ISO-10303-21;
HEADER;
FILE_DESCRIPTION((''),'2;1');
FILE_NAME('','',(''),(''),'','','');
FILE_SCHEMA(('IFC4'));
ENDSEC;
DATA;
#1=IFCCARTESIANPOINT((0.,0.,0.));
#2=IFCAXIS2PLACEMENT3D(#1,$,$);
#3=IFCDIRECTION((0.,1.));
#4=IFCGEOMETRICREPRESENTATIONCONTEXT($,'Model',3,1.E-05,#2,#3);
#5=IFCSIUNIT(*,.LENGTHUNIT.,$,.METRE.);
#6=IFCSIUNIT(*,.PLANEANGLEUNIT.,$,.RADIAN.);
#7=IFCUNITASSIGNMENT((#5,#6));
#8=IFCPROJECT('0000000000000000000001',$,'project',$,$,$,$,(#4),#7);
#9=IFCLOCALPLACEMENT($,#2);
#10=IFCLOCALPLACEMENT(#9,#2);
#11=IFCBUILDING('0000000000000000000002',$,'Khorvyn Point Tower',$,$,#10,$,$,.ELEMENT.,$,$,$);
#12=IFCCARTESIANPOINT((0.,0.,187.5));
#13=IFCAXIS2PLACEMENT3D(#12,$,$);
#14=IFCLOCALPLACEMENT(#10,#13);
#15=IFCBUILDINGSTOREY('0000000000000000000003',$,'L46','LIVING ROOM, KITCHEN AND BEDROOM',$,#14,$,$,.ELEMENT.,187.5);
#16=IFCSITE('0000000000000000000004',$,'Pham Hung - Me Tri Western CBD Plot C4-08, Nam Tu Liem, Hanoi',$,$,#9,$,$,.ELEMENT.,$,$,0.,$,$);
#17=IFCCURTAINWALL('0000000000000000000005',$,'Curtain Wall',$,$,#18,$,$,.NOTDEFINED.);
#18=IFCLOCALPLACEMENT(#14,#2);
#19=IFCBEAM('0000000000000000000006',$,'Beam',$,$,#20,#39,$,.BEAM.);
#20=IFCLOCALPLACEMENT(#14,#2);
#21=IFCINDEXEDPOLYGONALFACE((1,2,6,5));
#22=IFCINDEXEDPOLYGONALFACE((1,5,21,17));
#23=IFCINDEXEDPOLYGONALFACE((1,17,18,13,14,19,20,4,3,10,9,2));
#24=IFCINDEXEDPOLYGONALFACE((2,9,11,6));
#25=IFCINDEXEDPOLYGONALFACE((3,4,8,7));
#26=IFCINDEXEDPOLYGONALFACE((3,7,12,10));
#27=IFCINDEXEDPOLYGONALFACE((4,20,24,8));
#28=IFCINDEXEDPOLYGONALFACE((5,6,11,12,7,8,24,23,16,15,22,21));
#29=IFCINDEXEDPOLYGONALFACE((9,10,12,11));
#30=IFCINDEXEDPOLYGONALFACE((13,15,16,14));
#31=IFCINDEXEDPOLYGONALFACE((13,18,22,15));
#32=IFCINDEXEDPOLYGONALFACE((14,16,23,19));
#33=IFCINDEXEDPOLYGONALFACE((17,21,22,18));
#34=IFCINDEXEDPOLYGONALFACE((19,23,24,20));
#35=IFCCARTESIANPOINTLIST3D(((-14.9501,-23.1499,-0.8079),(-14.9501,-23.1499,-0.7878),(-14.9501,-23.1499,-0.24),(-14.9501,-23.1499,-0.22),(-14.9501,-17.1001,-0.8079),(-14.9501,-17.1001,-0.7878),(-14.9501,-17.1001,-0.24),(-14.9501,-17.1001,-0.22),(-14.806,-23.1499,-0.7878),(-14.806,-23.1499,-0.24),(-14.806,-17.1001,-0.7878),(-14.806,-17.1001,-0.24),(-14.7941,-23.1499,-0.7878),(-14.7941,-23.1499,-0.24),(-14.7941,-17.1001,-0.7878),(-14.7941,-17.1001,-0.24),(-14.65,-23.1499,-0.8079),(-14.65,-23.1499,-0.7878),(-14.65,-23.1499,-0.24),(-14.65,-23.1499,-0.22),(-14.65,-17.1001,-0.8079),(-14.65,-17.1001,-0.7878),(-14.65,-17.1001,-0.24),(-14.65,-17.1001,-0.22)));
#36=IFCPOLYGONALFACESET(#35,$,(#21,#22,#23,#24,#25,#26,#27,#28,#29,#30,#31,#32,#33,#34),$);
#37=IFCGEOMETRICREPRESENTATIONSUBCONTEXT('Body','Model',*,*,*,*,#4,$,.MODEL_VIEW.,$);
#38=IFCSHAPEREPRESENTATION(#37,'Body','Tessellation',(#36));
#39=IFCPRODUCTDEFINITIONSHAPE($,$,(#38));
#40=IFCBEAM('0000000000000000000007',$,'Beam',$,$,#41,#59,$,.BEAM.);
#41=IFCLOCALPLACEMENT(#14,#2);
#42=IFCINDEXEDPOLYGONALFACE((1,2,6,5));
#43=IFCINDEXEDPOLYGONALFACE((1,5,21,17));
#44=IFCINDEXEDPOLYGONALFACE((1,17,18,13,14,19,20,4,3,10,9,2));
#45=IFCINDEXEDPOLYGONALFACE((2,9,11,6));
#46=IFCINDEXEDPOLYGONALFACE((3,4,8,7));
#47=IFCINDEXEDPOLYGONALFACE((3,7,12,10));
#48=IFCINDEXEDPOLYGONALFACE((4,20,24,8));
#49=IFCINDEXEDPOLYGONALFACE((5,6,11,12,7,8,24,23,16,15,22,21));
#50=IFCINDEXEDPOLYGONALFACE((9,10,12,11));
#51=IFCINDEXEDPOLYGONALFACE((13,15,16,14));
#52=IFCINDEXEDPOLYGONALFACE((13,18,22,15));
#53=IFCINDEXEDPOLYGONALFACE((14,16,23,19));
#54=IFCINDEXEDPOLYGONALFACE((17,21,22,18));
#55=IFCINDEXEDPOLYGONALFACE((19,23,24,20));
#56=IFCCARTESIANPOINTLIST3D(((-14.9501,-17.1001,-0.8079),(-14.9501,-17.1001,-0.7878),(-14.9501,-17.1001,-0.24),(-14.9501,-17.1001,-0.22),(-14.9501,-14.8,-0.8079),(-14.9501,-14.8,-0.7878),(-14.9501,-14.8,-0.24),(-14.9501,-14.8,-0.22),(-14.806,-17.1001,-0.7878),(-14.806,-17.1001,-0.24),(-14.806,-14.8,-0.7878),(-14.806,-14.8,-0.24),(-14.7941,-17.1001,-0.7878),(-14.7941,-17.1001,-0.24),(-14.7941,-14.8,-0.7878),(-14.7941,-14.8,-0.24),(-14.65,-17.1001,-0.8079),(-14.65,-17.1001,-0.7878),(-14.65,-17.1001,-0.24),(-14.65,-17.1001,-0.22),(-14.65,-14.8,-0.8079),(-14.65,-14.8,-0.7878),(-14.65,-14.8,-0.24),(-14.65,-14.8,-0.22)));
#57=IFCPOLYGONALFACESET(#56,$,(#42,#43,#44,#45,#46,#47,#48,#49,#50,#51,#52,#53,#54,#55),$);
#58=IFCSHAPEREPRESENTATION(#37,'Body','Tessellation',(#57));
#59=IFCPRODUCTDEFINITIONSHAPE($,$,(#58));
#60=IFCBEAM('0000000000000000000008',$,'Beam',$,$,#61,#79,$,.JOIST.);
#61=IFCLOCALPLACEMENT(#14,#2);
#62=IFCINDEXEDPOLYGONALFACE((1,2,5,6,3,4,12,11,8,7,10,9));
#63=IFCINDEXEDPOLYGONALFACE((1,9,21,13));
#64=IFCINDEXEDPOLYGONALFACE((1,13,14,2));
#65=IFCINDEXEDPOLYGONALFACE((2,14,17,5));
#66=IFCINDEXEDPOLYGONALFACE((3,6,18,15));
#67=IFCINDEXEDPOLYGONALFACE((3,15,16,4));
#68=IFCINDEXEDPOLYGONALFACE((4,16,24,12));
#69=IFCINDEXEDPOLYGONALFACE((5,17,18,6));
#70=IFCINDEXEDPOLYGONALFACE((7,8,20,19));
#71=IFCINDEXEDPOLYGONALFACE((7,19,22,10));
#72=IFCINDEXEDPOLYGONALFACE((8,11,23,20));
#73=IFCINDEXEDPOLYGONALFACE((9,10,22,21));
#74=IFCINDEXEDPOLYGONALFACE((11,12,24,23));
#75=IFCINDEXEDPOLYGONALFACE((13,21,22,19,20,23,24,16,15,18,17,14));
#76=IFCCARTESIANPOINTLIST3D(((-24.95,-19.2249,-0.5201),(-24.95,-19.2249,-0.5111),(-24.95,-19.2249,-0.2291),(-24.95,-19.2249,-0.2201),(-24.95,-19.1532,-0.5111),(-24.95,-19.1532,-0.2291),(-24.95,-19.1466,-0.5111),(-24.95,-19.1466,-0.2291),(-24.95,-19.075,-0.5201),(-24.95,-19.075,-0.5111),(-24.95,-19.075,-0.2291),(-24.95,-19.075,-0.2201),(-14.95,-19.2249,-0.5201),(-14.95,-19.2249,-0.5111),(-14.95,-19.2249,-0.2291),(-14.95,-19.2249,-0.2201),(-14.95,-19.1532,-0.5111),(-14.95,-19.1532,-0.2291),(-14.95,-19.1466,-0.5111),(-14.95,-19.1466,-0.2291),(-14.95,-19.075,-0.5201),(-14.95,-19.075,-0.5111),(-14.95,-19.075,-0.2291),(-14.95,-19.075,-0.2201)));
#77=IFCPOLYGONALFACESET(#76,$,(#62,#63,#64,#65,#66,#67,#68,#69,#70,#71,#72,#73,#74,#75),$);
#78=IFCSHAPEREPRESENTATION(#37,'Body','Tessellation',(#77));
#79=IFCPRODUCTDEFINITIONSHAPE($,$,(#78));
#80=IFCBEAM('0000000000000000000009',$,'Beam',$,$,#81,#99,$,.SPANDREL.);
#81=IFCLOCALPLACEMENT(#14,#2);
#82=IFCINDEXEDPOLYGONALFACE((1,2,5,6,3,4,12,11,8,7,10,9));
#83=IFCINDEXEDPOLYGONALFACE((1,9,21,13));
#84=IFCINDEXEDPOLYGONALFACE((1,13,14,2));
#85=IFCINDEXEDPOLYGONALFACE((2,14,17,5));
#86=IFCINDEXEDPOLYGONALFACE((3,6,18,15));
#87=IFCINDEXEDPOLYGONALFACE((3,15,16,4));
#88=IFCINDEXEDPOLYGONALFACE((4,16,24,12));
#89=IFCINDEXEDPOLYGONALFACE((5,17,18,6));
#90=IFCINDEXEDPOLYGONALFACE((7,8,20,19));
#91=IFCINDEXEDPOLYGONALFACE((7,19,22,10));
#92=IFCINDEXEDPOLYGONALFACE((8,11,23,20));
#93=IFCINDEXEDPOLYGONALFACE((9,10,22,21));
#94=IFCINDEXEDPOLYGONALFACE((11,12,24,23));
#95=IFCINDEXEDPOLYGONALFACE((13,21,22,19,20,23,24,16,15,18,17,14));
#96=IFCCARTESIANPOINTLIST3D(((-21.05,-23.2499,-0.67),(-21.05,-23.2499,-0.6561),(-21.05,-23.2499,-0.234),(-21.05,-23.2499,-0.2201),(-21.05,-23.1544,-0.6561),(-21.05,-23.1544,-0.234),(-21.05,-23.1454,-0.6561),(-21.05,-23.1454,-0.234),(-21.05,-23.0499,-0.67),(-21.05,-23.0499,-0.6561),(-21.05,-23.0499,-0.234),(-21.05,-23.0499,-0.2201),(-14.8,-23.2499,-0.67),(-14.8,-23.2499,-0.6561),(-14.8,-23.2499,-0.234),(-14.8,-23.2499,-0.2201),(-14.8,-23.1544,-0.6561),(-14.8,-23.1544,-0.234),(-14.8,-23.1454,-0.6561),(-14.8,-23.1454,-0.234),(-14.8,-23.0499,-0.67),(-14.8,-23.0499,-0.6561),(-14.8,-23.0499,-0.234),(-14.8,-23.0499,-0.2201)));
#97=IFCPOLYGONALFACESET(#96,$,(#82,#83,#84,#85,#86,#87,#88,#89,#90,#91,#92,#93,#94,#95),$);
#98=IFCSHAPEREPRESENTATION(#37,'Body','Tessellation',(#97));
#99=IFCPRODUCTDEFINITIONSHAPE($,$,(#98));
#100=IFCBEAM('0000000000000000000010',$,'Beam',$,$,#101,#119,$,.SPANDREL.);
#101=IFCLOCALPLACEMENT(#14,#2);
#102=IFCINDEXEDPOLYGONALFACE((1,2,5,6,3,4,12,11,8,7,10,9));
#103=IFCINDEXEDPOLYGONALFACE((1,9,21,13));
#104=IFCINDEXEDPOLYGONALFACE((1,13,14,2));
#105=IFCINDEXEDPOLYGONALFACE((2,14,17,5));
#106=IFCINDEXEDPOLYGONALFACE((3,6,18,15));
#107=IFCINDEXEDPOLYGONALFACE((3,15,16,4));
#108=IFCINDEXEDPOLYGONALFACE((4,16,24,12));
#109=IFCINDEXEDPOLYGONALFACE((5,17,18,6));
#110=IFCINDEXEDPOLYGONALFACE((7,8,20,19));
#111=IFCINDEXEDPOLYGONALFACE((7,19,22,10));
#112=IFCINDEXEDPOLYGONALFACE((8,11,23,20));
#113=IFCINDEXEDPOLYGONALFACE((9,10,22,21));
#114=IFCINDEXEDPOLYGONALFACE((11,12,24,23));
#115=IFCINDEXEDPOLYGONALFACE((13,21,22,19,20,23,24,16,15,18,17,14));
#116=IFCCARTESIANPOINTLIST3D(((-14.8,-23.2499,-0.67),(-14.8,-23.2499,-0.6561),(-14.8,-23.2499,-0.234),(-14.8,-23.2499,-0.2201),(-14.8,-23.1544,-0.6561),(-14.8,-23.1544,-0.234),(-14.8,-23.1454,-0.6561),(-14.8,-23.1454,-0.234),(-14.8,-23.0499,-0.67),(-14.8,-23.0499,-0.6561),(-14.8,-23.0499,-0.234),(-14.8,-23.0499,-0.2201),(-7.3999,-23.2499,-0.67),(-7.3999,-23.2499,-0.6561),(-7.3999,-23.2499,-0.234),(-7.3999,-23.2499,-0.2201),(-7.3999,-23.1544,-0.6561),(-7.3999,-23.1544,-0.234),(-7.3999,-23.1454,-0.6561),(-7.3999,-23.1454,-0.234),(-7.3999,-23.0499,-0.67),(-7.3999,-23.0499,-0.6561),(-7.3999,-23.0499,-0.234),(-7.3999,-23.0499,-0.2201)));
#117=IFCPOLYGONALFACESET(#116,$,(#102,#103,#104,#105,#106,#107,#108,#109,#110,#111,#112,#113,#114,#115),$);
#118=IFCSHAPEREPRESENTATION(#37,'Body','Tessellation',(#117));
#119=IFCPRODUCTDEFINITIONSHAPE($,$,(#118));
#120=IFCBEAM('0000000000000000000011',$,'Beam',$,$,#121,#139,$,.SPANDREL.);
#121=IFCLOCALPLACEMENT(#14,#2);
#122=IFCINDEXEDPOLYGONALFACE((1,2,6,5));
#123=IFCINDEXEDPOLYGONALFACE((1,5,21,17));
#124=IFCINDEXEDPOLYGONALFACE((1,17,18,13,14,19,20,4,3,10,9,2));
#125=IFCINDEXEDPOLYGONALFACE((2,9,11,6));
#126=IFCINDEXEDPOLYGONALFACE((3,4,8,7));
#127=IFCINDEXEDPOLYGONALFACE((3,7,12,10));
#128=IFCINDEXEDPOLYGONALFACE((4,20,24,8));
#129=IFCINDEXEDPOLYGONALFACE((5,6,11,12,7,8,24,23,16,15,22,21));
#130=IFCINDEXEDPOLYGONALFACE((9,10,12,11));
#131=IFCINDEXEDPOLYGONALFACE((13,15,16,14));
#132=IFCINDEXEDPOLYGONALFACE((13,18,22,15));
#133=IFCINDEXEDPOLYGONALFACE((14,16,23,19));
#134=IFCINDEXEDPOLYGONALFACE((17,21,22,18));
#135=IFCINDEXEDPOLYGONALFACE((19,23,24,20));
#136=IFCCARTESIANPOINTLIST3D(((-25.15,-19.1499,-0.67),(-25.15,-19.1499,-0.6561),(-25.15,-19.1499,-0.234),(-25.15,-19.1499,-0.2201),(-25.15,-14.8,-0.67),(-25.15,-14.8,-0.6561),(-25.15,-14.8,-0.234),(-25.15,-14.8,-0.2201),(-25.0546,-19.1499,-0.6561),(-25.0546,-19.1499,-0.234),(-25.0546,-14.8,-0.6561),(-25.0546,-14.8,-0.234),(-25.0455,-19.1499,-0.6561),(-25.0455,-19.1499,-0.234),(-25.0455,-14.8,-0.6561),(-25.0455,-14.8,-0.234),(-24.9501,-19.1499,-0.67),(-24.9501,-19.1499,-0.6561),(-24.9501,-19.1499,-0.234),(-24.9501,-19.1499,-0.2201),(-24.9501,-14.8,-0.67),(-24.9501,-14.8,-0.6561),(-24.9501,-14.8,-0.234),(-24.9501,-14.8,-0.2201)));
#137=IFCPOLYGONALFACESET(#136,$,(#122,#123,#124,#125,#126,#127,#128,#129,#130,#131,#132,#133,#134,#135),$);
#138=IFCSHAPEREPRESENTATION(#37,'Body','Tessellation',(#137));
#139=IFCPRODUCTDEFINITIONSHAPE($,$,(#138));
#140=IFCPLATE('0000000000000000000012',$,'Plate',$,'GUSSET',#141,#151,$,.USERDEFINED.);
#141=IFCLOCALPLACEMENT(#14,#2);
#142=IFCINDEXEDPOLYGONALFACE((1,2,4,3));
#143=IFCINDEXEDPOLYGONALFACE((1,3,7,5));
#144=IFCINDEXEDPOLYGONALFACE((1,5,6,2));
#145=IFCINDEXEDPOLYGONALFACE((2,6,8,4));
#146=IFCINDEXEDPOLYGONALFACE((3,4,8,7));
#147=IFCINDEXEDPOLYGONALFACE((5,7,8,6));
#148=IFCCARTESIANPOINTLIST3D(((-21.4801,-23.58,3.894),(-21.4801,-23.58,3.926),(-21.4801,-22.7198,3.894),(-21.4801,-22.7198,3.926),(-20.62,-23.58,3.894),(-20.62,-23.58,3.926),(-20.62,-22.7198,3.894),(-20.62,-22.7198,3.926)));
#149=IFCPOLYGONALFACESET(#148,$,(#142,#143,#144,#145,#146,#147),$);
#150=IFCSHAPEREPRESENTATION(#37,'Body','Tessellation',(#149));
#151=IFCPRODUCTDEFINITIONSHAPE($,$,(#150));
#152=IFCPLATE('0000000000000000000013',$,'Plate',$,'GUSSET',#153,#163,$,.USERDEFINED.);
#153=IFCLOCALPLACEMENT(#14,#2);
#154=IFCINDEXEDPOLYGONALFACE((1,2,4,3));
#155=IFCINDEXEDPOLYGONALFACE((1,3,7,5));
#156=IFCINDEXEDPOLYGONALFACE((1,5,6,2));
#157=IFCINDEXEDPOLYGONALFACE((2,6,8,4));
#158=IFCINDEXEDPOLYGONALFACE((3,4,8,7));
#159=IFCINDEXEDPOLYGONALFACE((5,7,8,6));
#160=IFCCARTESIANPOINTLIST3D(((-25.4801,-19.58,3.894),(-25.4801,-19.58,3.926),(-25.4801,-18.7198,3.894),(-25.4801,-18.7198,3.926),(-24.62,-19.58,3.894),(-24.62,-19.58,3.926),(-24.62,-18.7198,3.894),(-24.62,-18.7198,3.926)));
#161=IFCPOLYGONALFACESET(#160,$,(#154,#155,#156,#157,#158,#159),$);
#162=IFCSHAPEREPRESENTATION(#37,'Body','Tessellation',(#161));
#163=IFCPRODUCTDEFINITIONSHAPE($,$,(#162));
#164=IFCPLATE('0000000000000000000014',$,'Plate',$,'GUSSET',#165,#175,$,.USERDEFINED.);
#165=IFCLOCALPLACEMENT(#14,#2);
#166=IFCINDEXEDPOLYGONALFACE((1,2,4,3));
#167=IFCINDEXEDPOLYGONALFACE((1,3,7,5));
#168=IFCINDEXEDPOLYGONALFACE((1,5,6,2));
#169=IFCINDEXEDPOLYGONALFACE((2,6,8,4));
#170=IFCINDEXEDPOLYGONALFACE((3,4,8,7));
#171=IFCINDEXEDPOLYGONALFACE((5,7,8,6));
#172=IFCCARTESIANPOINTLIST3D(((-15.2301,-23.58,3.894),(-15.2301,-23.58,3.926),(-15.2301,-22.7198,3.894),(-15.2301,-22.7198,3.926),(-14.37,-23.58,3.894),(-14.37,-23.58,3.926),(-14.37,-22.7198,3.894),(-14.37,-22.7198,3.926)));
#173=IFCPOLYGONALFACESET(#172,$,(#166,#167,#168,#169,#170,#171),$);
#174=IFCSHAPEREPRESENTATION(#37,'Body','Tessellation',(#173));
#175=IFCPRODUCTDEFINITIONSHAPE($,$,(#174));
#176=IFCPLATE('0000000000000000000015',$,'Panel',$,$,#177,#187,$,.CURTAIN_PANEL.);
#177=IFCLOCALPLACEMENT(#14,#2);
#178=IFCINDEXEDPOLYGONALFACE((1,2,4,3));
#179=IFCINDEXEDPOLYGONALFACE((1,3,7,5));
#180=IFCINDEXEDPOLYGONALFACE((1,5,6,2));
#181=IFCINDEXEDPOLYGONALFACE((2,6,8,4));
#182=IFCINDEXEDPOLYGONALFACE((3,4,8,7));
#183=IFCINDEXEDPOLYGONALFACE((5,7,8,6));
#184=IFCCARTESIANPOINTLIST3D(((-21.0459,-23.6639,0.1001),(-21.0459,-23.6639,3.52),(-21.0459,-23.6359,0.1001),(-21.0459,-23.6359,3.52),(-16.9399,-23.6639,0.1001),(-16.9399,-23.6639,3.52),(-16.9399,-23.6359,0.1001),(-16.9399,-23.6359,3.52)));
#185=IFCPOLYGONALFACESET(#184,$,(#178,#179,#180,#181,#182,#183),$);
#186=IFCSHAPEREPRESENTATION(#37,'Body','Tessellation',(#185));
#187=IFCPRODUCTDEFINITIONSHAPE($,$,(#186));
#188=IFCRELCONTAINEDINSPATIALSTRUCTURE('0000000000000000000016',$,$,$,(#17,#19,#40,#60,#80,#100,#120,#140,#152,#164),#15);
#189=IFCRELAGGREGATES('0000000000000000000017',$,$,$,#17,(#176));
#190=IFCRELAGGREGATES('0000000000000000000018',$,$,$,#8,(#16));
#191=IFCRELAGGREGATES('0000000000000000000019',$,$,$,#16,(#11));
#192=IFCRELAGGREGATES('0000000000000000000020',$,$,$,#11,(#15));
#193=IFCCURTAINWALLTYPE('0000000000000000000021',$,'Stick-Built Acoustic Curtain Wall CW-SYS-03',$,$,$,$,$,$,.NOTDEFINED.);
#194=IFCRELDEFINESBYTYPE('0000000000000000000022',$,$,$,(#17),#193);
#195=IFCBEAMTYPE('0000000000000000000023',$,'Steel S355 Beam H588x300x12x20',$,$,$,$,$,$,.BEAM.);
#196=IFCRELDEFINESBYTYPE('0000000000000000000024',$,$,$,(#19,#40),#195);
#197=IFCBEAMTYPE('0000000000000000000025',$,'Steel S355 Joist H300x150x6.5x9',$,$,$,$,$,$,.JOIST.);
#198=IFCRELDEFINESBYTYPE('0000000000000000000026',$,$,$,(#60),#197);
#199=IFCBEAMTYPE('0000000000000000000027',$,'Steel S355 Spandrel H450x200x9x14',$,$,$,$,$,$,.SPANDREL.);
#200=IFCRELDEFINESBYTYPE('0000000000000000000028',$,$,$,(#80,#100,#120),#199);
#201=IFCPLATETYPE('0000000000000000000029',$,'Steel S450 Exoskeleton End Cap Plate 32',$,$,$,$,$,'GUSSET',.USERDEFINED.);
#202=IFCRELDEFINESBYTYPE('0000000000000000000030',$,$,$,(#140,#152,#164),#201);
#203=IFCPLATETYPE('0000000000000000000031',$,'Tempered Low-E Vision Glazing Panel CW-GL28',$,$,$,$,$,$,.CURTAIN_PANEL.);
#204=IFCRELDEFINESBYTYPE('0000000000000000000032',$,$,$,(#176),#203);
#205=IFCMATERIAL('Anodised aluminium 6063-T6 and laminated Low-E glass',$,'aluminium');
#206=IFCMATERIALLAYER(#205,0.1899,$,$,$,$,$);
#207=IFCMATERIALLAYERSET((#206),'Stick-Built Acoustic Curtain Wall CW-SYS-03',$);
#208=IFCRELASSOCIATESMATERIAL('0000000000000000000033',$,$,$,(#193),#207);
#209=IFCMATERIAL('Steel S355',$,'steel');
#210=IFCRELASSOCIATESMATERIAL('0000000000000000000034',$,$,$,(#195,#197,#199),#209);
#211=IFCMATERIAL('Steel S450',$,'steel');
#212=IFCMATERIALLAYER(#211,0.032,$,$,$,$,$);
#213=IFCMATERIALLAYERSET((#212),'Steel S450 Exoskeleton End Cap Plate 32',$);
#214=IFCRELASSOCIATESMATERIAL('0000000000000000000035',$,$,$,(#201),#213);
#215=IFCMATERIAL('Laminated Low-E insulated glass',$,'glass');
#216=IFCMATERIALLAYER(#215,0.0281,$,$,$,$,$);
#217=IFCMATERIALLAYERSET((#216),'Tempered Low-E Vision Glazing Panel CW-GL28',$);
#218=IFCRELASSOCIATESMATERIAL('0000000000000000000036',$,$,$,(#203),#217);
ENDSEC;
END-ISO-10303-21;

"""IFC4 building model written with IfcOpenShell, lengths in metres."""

from ifc_helpers import new_model, si_unit, direction, frame, origin, origin_2d, place, context, subcontext, project, spatial, rectangle, i_section, extrude, material, layer, layer_set, material_profile, profile_set, type_object, element, aggregate, save


model = new_model("IFC4")

# Units and contexts
model_context = context("Model", 3, precision=1e-05, world=origin(), true_north=direction((0.0, 1.0)))
body_context = subcontext(model_context, "Body", "Model", "MODEL_VIEW")
ifc_project = project(units=[si_unit("LENGTHUNIT", "METRE"), si_unit("PLANEANGLEUNIT", "RADIAN")], contexts=[model_context])

# Site, building, storey
site_placement = place(None, origin())
site = spatial("IfcSite", under=ifc_project, at=site_placement, Name="Pham Hung - Me Tri Western CBD Plot C4-08, Nam Tu Liem, Hanoi", CompositionType="ELEMENT", RefElevation=0.0)
building_placement = place(site_placement, origin())
building = spatial("IfcBuilding", under=site, at=building_placement, Name="Khorvyn Point Tower", CompositionType="ELEMENT")
storey_placement = place(building_placement, frame((0.0, 0.0, 187.5)))
storey = spatial("IfcBuildingStorey", under=building, at=storey_placement, Name="L46", Description="LIVING ROOM, KITCHEN AND BEDROOM", CompositionType="ELEMENT", Elevation=187.5)

# Shared definitions
ifc_material_1 = material(Name="Steel S450", Category="steel")

# Curtain wall
ifc_material_2 = material(Name="Anodised aluminium 6063-T6 and laminated Low-E glass", Category="aluminium")
ifc_layer_1 = layer(ifc_material_2, 0.1899)
ifc_layer_set_1 = layer_set([ifc_layer_1], Name="Stick-Built Acoustic Curtain Wall CW-SYS-03")
curtain_wall_type = type_object("IfcCurtainWallType", Name="Stick-Built Acoustic Curtain Wall CW-SYS-03", PredefinedType="NOTDEFINED", material=ifc_layer_set_1)
curtain_wall_1_placement = place(storey_placement, origin())
curtain_wall_1 = element("IfcCurtainWall", 1, at=curtain_wall_1_placement, inside=storey, type_object=curtain_wall_type, Name="Curtain Wall", PredefinedType="NOTDEFINED")

# Beams
ifc_material_3 = material(Name="Steel S355", Category="steel")
ifc_material_profile_1 = material_profile(ifc_material_3, i_section(OverallWidth=0.3, OverallDepth=0.5879, WebThickness=0.012, FlangeThickness=0.02, at=origin_2d()))
ifc_profile_set_1 = profile_set([ifc_material_profile_1], Name="Steel S355 H588x300x12x20")
beam_type_1 = type_object("IfcBeamType", Name="Steel S355 Beam H588x300x12x20", PredefinedType="BEAM", material=ifc_profile_set_1)
beam_1_placement = place(storey_placement, frame((-14.8, -23.1499, -0.5139), z_axis=(0.0, 1.0, 0.0), x_axis=(-1.0, 0.0, 0.0)))
element("IfcBeam", 2, at=beam_1_placement, inside=storey, type_object=beam_type_1, Name="Beam", PredefinedType="BEAM", context=body_context, shape_type="SweptSolid", body=[
    extrude(i_section(OverallWidth=0.3, OverallDepth=0.5879, WebThickness=0.012, FlangeThickness=0.02, at=origin_2d()), origin(), (0.0, 0.0, 1.0), 6.0498),
])
beam_2_placement = place(storey_placement, frame((-14.8, -17.1001, -0.5139), z_axis=(0.0, 1.0, 0.0), x_axis=(-1.0, 0.0, 0.0)))
element("IfcBeam", 3, at=beam_2_placement, inside=storey, type_object=beam_type_1, Name="Beam", PredefinedType="BEAM", context=body_context, shape_type="SweptSolid", body=[
    extrude(i_section(OverallWidth=0.3, OverallDepth=0.5879, WebThickness=0.012, FlangeThickness=0.02, at=origin_2d()), origin(), (0.0, 0.0, 1.0), 2.3),
])
ifc_material_profile_2 = material_profile(ifc_material_3, i_section(OverallWidth=0.1499, OverallDepth=0.3, WebThickness=0.0066, FlangeThickness=0.009, at=origin_2d()))
ifc_profile_set_2 = profile_set([ifc_material_profile_2], Name="Steel S355 H300x150x6.5x9")
beam_type_2 = type_object("IfcBeamType", Name="Steel S355 Joist H300x150x6.5x9", PredefinedType="JOIST", material=ifc_profile_set_2)
beam_3_placement = place(storey_placement, frame((-24.95, -19.1499, -0.3701), z_axis=(1.0, 0.0, 0.0), x_axis=(0.0, 1.0, 0.0)))
element("IfcBeam", 4, at=beam_3_placement, inside=storey, type_object=beam_type_2, Name="Beam", PredefinedType="JOIST", context=body_context, shape_type="SweptSolid", body=[
    extrude(i_section(OverallWidth=0.1499, OverallDepth=0.3, WebThickness=0.0066, FlangeThickness=0.009, at=origin_2d()), origin(), (0.0, 0.0, 1.0), 10.0),
])
ifc_material_profile_3 = material_profile(ifc_material_3, i_section(OverallWidth=0.2, OverallDepth=0.45, WebThickness=0.009, FlangeThickness=0.0139, at=origin_2d()))
ifc_profile_set_3 = profile_set([ifc_material_profile_3], Name="Steel S355 H450x200x9x14")
beam_type_3 = type_object("IfcBeamType", Name="Steel S355 Spandrel H450x200x9x14", PredefinedType="SPANDREL", material=ifc_profile_set_3)
beam_4_placement = place(storey_placement, frame((-21.05, -23.1499, -0.4451), z_axis=(1.0, 0.0, 0.0), x_axis=(0.0, 1.0, 0.0)))
element("IfcBeam", 5, at=beam_4_placement, inside=storey, type_object=beam_type_3, Name="Beam", PredefinedType="SPANDREL", context=body_context, shape_type="SweptSolid", body=[
    extrude(i_section(OverallWidth=0.2, OverallDepth=0.45, WebThickness=0.009, FlangeThickness=0.0139, at=origin_2d()), origin(), (0.0, 0.0, 1.0), 6.25),
])
beam_5_placement = place(storey_placement, frame((-14.8, -23.1499, -0.4451), z_axis=(1.0, 0.0, 0.0), x_axis=(0.0, 1.0, 0.0)))
element("IfcBeam", 6, at=beam_5_placement, inside=storey, type_object=beam_type_3, Name="Beam", PredefinedType="SPANDREL", context=body_context, shape_type="SweptSolid", body=[
    extrude(i_section(OverallWidth=0.2, OverallDepth=0.45, WebThickness=0.009, FlangeThickness=0.0139, at=origin_2d()), origin(), (0.0, 0.0, 1.0), 7.4001),
])
beam_6_placement = place(storey_placement, frame((-25.05, -19.1499, -0.4451), z_axis=(0.0, 1.0, 0.0), x_axis=(-1.0, 0.0, 0.0)))
element("IfcBeam", 7, at=beam_6_placement, inside=storey, type_object=beam_type_3, Name="Beam", PredefinedType="SPANDREL", context=body_context, shape_type="SweptSolid", body=[
    extrude(i_section(OverallWidth=0.2, OverallDepth=0.45, WebThickness=0.009, FlangeThickness=0.0139, at=origin_2d()), origin(), (0.0, 0.0, 1.0), 4.3499),
])

# Plates
ifc_layer_2 = layer(ifc_material_1, 0.032)
ifc_layer_set_2 = layer_set([ifc_layer_2], Name="Steel S450 Exoskeleton End Cap Plate 32")
plate_type_1 = type_object("IfcPlateType", Name="Steel S450 Exoskeleton End Cap Plate 32", ElementType="GUSSET", PredefinedType="USERDEFINED", material=ifc_layer_set_2)
for number, where, z_axis, x_axis, name in (
    (8, (-21.05, -23.1499, 3.894), (0.0, 0.0, 1.0), (1.0, 0.0, 0.0), "Plate"),
    (9, (-25.05, -19.1499, 3.894), (0.0, 0.0, 1.0), (1.0, 0.0, 0.0), "Plate"),
    (10, (-14.8, -23.1499, 3.894), (0.0, 0.0, 1.0), (1.0, 0.0, 0.0), "Plate"),
):
    element("IfcPlate", number, at=place(storey_placement, frame(where, z_axis=z_axis, x_axis=x_axis)), inside=storey, type_object=plate_type_1, Name=name, ObjectType="GUSSET", PredefinedType="USERDEFINED", context=body_context, shape_type="SweptSolid", body=[
        extrude(rectangle(XDim=0.8601, YDim=0.8601, at=origin_2d()), origin(), (0.0, 0.0, 1.0), 0.032),
    ])

# Plate
ifc_material_4 = material(Name="Laminated Low-E insulated glass", Category="glass")
ifc_layer_3 = layer(ifc_material_4, 0.0281)
ifc_layer_set_3 = layer_set([ifc_layer_3], Name="Tempered Low-E Vision Glazing Panel CW-GL28")
plate_type_2 = type_object("IfcPlateType", Name="Tempered Low-E Vision Glazing Panel CW-GL28", PredefinedType="CURTAIN_PANEL", material=ifc_layer_set_3)
plate_placement = place(storey_placement, frame((-18.9929, -23.6499, 0.1001), z_axis=(0.0, 0.0, 1.0), x_axis=(-1.0, 0.0, 0.0)))
plate = element("IfcPlate", 11, at=plate_placement, type_object=plate_type_2, Name="Panel", PredefinedType="CURTAIN_PANEL", context=body_context, shape_type="SweptSolid", body=[
    extrude(rectangle(XDim=4.106, YDim=0.0281, at=origin_2d()), origin(), (0.0, 0.0, 1.0), 3.4199),
])
aggregate(curtain_wall_1, [plate])

save(model, "model.ifc")
